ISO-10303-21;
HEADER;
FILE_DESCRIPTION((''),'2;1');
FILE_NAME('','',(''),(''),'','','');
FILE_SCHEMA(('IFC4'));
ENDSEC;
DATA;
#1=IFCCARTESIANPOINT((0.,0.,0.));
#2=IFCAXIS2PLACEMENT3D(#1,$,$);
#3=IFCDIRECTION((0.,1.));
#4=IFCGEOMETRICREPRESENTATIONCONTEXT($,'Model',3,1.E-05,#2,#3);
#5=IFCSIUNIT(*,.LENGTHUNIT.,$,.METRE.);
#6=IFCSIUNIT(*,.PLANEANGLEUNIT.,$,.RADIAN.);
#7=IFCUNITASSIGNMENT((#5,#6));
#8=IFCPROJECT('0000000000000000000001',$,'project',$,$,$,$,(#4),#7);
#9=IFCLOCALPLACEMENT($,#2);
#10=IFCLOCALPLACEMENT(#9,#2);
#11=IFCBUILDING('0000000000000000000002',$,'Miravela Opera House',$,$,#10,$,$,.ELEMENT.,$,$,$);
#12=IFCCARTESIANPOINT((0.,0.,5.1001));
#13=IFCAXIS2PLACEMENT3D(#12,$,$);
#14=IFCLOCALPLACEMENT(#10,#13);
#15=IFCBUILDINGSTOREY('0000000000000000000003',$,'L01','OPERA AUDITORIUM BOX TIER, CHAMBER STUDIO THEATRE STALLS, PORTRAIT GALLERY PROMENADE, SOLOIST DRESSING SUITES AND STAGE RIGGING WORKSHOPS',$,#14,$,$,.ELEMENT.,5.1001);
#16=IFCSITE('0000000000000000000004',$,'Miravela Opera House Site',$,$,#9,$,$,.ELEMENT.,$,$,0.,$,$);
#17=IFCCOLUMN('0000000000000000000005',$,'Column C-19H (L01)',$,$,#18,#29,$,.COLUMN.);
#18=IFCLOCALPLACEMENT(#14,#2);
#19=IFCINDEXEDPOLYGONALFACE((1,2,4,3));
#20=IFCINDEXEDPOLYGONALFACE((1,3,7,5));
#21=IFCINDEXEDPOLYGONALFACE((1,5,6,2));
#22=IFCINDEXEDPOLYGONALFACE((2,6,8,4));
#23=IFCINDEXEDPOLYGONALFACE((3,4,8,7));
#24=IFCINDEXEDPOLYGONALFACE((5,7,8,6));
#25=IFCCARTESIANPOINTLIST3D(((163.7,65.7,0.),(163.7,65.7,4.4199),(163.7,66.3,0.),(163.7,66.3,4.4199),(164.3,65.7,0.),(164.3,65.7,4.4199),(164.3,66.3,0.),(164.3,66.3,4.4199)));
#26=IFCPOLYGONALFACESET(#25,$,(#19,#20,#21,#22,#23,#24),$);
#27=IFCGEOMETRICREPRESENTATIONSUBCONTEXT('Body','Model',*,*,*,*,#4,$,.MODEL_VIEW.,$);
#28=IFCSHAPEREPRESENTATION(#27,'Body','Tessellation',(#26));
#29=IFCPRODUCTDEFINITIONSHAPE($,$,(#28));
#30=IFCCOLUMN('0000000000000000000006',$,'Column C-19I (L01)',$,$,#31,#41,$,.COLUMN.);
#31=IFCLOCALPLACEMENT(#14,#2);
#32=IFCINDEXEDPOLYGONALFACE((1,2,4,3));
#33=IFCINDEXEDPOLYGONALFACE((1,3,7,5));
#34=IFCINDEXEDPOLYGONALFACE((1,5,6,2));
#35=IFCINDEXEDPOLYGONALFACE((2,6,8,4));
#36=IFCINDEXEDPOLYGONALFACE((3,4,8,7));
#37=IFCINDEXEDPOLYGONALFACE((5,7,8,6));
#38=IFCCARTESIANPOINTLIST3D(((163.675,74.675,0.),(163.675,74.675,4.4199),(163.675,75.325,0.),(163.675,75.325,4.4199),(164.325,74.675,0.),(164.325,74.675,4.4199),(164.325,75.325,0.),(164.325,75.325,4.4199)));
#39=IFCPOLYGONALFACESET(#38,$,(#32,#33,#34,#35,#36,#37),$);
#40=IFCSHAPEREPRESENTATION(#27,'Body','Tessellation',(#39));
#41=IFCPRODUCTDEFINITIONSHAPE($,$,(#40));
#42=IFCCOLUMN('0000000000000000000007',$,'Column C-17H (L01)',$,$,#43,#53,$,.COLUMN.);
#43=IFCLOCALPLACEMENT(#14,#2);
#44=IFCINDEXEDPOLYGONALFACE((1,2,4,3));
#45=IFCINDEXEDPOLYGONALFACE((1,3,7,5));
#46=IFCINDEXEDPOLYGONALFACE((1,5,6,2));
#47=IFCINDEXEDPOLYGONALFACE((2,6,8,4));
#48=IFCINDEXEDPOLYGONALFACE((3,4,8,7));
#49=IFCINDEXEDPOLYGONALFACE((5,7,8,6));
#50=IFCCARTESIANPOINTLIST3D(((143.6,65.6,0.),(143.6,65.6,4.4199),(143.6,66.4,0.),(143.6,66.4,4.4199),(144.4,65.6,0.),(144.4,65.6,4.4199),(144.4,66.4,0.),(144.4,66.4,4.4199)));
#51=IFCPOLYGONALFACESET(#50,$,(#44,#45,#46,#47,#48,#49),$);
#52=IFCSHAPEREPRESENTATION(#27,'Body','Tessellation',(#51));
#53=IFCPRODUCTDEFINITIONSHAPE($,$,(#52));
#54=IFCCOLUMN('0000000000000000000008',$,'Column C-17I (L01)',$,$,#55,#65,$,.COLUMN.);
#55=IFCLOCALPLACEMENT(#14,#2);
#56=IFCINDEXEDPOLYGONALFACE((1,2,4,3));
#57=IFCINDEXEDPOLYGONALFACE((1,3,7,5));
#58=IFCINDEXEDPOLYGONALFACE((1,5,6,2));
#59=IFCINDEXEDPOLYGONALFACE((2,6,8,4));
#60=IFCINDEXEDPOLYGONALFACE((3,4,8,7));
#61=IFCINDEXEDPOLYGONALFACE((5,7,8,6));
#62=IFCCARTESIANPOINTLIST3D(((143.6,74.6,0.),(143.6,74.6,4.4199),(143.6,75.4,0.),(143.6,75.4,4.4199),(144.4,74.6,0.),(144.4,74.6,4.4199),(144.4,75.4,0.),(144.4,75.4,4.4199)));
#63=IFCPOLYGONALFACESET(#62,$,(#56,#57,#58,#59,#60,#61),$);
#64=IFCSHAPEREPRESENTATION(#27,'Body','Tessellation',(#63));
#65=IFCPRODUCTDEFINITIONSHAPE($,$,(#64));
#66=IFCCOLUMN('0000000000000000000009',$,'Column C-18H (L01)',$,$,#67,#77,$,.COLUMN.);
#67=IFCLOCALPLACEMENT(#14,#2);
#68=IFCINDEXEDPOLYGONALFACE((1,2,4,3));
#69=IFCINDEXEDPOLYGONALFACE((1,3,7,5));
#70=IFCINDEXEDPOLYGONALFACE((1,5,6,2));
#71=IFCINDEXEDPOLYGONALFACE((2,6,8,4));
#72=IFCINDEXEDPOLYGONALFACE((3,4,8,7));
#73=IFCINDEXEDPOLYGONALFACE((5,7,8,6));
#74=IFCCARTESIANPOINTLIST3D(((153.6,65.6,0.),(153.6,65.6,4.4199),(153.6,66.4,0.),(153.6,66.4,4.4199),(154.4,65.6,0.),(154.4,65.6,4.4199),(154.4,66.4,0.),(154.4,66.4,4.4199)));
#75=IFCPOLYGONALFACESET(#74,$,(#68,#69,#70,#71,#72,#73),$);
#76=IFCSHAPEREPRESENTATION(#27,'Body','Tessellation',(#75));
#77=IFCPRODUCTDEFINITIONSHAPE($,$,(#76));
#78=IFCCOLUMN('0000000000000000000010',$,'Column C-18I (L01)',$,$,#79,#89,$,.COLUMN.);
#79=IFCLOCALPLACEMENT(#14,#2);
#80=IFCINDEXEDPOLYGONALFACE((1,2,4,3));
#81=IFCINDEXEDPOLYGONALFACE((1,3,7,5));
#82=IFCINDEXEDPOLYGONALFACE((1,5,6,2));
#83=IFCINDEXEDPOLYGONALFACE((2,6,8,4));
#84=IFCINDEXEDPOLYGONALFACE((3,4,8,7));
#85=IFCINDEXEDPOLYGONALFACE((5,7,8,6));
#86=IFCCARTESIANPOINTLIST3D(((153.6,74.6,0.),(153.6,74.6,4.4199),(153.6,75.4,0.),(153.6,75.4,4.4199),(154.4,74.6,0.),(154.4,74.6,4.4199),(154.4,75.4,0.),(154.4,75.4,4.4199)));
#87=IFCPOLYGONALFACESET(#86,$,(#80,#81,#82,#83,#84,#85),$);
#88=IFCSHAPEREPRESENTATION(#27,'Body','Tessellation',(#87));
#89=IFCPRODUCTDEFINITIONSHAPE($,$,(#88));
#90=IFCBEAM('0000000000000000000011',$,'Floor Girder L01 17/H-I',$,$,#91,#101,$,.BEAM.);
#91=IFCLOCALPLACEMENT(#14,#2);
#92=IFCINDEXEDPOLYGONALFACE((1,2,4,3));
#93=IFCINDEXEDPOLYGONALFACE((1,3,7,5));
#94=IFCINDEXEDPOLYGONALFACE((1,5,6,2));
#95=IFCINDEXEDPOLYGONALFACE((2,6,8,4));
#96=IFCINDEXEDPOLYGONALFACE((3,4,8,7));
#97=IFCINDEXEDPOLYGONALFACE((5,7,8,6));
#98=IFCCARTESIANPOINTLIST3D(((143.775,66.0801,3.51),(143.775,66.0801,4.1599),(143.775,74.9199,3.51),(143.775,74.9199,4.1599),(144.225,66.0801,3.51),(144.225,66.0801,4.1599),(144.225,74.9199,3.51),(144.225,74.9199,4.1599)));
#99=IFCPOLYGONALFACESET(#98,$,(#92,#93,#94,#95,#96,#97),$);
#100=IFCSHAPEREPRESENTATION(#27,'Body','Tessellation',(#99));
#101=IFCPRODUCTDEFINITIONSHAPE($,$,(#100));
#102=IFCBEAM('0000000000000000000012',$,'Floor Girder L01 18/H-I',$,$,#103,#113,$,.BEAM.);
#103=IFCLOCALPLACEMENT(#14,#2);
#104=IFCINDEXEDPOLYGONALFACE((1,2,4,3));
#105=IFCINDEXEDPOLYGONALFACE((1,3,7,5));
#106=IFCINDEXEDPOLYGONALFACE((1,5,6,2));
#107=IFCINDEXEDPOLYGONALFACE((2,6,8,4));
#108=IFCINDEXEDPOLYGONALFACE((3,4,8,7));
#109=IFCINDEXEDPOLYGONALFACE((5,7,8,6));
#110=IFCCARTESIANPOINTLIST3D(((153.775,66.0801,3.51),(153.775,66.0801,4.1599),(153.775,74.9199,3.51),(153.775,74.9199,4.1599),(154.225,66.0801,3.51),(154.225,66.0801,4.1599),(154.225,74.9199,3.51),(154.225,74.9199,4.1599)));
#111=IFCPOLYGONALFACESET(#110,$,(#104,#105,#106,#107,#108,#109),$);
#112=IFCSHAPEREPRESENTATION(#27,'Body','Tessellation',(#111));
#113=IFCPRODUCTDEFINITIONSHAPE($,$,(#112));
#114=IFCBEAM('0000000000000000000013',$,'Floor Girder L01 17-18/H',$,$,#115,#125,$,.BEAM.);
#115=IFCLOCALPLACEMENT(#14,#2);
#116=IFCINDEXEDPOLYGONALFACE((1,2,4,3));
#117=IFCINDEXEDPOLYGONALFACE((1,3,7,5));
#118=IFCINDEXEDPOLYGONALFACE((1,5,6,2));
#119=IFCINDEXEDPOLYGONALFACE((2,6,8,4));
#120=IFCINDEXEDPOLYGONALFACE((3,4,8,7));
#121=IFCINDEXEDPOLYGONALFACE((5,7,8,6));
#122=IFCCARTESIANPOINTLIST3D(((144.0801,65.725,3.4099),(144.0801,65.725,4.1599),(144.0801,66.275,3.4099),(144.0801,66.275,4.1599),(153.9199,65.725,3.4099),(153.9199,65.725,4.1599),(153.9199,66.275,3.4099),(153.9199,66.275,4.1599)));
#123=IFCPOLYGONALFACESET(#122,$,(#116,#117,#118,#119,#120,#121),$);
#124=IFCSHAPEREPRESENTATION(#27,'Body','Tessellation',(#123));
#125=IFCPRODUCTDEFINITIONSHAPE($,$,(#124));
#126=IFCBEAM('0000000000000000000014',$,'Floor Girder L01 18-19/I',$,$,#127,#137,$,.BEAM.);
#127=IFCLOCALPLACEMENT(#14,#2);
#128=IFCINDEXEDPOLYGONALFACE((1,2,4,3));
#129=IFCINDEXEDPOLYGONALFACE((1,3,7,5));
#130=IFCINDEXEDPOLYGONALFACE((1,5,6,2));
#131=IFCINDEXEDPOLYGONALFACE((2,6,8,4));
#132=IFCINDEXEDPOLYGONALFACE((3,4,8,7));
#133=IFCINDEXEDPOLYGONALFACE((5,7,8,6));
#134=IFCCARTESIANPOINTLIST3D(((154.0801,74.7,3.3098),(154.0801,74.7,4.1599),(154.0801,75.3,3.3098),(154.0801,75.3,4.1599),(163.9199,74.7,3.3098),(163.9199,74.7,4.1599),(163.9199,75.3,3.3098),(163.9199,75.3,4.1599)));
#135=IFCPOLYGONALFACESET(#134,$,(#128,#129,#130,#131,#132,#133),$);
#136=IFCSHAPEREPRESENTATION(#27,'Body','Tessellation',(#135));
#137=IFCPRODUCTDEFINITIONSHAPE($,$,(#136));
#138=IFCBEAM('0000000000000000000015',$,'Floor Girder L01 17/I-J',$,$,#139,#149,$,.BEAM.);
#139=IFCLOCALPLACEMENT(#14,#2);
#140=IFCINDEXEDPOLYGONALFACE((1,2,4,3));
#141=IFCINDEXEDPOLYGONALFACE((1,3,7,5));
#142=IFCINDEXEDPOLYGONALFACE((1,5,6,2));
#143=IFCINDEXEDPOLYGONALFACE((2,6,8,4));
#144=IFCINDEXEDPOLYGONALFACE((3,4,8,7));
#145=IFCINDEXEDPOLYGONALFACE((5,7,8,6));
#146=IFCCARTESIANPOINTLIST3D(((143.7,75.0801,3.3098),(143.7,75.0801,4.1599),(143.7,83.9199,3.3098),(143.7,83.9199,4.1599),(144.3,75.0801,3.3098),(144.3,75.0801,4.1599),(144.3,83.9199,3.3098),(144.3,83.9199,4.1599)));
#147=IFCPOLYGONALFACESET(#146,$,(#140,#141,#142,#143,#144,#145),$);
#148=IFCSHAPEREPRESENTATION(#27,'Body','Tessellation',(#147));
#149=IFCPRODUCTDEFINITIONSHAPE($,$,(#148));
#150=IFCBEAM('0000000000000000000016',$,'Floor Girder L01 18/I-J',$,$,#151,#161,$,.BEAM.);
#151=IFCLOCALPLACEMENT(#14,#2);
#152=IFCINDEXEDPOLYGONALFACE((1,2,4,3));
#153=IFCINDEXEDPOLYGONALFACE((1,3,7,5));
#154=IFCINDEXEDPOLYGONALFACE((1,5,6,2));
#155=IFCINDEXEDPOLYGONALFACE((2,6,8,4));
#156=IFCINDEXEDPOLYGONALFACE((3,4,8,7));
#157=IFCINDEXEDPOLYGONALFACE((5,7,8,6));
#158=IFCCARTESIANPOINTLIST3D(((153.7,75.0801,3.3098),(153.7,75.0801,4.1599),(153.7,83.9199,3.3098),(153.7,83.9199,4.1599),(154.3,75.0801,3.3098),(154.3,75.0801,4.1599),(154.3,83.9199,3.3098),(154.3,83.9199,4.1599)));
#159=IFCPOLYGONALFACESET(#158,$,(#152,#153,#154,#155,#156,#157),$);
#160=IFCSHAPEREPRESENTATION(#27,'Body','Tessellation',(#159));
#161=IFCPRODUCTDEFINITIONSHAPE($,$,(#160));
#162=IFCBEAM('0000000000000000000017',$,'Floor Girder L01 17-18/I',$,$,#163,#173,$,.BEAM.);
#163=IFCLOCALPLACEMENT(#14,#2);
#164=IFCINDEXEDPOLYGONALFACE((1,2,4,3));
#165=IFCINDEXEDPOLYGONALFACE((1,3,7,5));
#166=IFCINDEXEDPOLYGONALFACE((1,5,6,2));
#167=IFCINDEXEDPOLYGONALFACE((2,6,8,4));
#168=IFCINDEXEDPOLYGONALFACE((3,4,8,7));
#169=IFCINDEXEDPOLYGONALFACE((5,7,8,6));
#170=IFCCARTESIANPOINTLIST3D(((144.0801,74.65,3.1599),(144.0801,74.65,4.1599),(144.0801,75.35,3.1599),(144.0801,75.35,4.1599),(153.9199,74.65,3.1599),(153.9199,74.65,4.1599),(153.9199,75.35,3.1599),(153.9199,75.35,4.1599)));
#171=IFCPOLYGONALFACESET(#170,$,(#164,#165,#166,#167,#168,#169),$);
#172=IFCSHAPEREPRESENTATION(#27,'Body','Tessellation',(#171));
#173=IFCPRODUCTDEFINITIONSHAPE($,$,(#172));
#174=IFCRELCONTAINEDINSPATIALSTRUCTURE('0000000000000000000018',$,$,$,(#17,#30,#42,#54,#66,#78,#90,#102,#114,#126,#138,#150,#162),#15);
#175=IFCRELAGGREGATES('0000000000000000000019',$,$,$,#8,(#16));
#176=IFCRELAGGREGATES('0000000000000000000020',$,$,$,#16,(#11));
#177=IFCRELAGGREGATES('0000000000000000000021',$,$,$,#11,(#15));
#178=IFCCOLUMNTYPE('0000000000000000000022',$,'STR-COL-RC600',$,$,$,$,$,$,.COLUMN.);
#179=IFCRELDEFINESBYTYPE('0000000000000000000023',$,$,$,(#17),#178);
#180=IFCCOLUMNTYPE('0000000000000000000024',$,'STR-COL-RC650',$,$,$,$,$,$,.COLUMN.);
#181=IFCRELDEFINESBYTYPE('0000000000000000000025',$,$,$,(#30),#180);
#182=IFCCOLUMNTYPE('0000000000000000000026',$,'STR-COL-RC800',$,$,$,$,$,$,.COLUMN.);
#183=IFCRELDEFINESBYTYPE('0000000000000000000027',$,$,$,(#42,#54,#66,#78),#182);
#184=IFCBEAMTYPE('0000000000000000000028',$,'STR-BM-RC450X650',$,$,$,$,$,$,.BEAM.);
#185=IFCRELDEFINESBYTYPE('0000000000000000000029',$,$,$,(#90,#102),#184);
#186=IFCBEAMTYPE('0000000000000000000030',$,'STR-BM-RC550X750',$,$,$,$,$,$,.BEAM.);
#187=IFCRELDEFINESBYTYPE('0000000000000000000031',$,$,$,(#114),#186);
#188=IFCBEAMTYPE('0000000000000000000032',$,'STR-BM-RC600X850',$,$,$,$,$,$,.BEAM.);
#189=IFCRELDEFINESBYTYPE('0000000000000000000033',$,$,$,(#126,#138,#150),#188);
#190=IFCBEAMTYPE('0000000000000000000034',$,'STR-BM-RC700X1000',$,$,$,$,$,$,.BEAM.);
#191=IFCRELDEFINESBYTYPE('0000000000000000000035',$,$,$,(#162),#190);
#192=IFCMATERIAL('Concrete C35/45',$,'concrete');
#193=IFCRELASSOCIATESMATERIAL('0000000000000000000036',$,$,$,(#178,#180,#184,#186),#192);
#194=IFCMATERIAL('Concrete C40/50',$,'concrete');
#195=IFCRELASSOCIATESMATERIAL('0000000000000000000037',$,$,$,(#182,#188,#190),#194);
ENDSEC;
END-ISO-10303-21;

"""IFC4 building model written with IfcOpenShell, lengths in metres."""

from ifc_helpers import new_model, si_unit, direction, frame, origin, origin_2d, place, context, subcontext, project, spatial, rectangle, extrude, material, material_profile, profile_set, type_object, element, save


model = new_model("IFC4")

# Units and contexts
model_context = context("Model", 3, precision=1e-05, world=origin(), true_north=direction((0.0, 1.0)))
body_context = subcontext(model_context, "Body", "Model", "MODEL_VIEW")
ifc_project = project(units=[si_unit("LENGTHUNIT", "METRE"), si_unit("PLANEANGLEUNIT", "RADIAN")], contexts=[model_context])

# Site, building, storey
site_placement = place(None, origin())
site = spatial("IfcSite", under=ifc_project, at=site_placement, Name="Miravela Opera House Site", CompositionType="ELEMENT", RefElevation=0.0)
building_placement = place(site_placement, origin())
building = spatial("IfcBuilding", under=site, at=building_placement, Name="Miravela Opera House", CompositionType="ELEMENT")
storey_placement = place(building_placement, frame((0.0, 0.0, 5.1001)))
storey = spatial("IfcBuildingStorey", under=building, at=storey_placement, Name="L01", Description="OPERA AUDITORIUM BOX TIER, CHAMBER STUDIO THEATRE STALLS, PORTRAIT GALLERY PROMENADE, SOLOIST DRESSING SUITES AND STAGE RIGGING WORKSHOPS", CompositionType="ELEMENT", Elevation=5.1001)

# Columns
ifc_material_1 = material(Name="Concrete C35/45", Category="concrete")
ifc_material_profile_1 = material_profile(ifc_material_1, rectangle(XDim=0.6001, YDim=0.6001, at=origin_2d()), Name="RC-COL-600X600")
ifc_profile_set_1 = profile_set([ifc_material_profile_1])
column_type_1 = type_object("IfcColumnType", Name="STR-COL-RC600", PredefinedType="COLUMN", material=ifc_profile_set_1)
column_1_placement = place(storey_placement, frame((164.0, 66.0, 0.0), z_axis=(0.0, 0.0, 1.0), x_axis=(1.0, 0.0, 0.0)))
element("IfcColumn", 1, at=column_1_placement, inside=storey, type_object=column_type_1, Name="Column C-19H (L01)", PredefinedType="COLUMN", context=body_context, shape_type="SweptSolid", body=[
    extrude(rectangle(XDim=0.6001, YDim=0.6001, at=origin_2d()), origin(), (0.0, 0.0, 1.0), 4.4199),
])
ifc_material_profile_2 = material_profile(ifc_material_1, rectangle(XDim=0.6499, YDim=0.6499, at=origin_2d()), Name="RC-COL-650X650")
ifc_profile_set_2 = profile_set([ifc_material_profile_2])
column_type_2 = type_object("IfcColumnType", Name="STR-COL-RC650", PredefinedType="COLUMN", material=ifc_profile_set_2)
column_2_placement = place(storey_placement, frame((164.0, 75.0, 0.0), z_axis=(0.0, 0.0, 1.0), x_axis=(1.0, 0.0, 0.0)))
element("IfcColumn", 2, at=column_2_placement, inside=storey, type_object=column_type_2, Name="Column C-19I (L01)", PredefinedType="COLUMN", context=body_context, shape_type="SweptSolid", body=[
    extrude(rectangle(XDim=0.6499, YDim=0.6499, at=origin_2d()), origin(), (0.0, 0.0, 1.0), 4.4199),
])
ifc_material_2 = material(Name="Concrete C40/50", Category="concrete")
ifc_material_profile_3 = material_profile(ifc_material_2, rectangle(XDim=0.8, YDim=0.8, at=origin_2d()), Name="RC-COL-800X800")
ifc_profile_set_3 = profile_set([ifc_material_profile_3])
column_type_3 = type_object("IfcColumnType", Name="STR-COL-RC800", PredefinedType="COLUMN", material=ifc_profile_set_3)
for number, where, z_axis, x_axis, name in (
    (3, (144.0, 66.0, 0.0), (0.0, 0.0, 1.0), (1.0, 0.0, 0.0), "Column C-17H (L01)"),
    (4, (144.0, 75.0, 0.0), (0.0, 0.0, 1.0), (1.0, 0.0, 0.0), "Column C-17I (L01)"),
    (5, (154.0, 66.0, 0.0), (0.0, 0.0, 1.0), (1.0, 0.0, 0.0), "Column C-18H (L01)"),
    (6, (154.0, 75.0, 0.0), (0.0, 0.0, 1.0), (1.0, 0.0, 0.0), "Column C-18I (L01)"),
):
    element("IfcColumn", number, at=place(storey_placement, frame(where, z_axis=z_axis, x_axis=x_axis)), inside=storey, type_object=column_type_3, Name=name, PredefinedType="COLUMN", context=body_context, shape_type="SweptSolid", body=[
        extrude(rectangle(XDim=0.8, YDim=0.8, at=origin_2d()), origin(), (0.0, 0.0, 1.0), 4.4199),
    ])

# Beams
ifc_material_profile_4 = material_profile(ifc_material_1, rectangle(XDim=0.45, YDim=0.6499, at=origin_2d()), Name="RC-BM-450X650")
ifc_profile_set_4 = profile_set([ifc_material_profile_4])
beam_type_1 = type_object("IfcBeamType", Name="STR-BM-RC450X650", PredefinedType="BEAM", material=ifc_profile_set_4)
for number, where, z_axis, x_axis, name in (
    (7, (144.0, 66.0801, 3.835), (0.0, 1.0, 0.0), (-1.0, 0.0, 0.0), "Floor Girder L01 17/H-I"),
    (8, (154.0, 66.0801, 3.835), (0.0, 1.0, 0.0), (-1.0, 0.0, 0.0), "Floor Girder L01 18/H-I"),
):
    element("IfcBeam", number, at=place(storey_placement, frame(where, z_axis=z_axis, x_axis=x_axis)), inside=storey, type_object=beam_type_1, Name=name, PredefinedType="BEAM", context=body_context, shape_type="SweptSolid", body=[
        extrude(rectangle(XDim=0.45, YDim=0.6499, at=origin_2d()), origin(), (0.0, 0.0, 1.0), 8.8398),
    ])
ifc_material_profile_5 = material_profile(ifc_material_1, rectangle(XDim=0.55, YDim=0.75, at=origin_2d()), Name="RC-BM-550X750")
ifc_profile_set_5 = profile_set([ifc_material_profile_5])
beam_type_2 = type_object("IfcBeamType", Name="STR-BM-RC550X750", PredefinedType="BEAM", material=ifc_profile_set_5)
beam_1_placement = place(storey_placement, frame((144.0801, 66.0, 3.7849), z_axis=(1.0, 0.0, 0.0), x_axis=(0.0, 1.0, 0.0)))
element("IfcBeam", 9, at=beam_1_placement, inside=storey, type_object=beam_type_2, Name="Floor Girder L01 17-18/H", PredefinedType="BEAM", context=body_context, shape_type="SweptSolid", body=[
    extrude(rectangle(XDim=0.55, YDim=0.75, at=origin_2d()), origin(), (0.0, 0.0, 1.0), 9.8398),
])
ifc_material_profile_6 = material_profile(ifc_material_2, rectangle(XDim=0.6001, YDim=0.8501, at=origin_2d()), Name="RC-BM-600X850")
ifc_profile_set_6 = profile_set([ifc_material_profile_6])
beam_type_3 = type_object("IfcBeamType", Name="STR-BM-RC600X850", PredefinedType="BEAM", material=ifc_profile_set_6)
beam_2_placement = place(storey_placement, frame((154.0801, 75.0, 3.7349), z_axis=(1.0, 0.0, 0.0), x_axis=(0.0, 1.0, 0.0)))
element("IfcBeam", 10, at=beam_2_placement, inside=storey, type_object=beam_type_3, Name="Floor Girder L01 18-19/I", PredefinedType="BEAM", context=body_context, shape_type="SweptSolid", body=[
    extrude(rectangle(XDim=0.6001, YDim=0.8501, at=origin_2d()), origin(), (0.0, 0.0, 1.0), 9.8398),
])
for number, where, z_axis, x_axis, name in (
    (11, (144.0, 75.0801, 3.7349), (0.0, 1.0, 0.0), (-1.0, 0.0, 0.0), "Floor Girder L01 17/I-J"),
    (12, (154.0, 75.0801, 3.7349), (0.0, 1.0, 0.0), (-1.0, 0.0, 0.0), "Floor Girder L01 18/I-J"),
):
    element("IfcBeam", number, at=place(storey_placement, frame(where, z_axis=z_axis, x_axis=x_axis)), inside=storey, type_object=beam_type_3, Name=name, PredefinedType="BEAM", context=body_context, shape_type="SweptSolid", body=[
        extrude(rectangle(XDim=0.6001, YDim=0.8501, at=origin_2d()), origin(), (0.0, 0.0, 1.0), 8.8398),
    ])
ifc_material_profile_7 = material_profile(ifc_material_2, rectangle(XDim=0.7, YDim=1.0, at=origin_2d()), Name="RC-BM-700X1000")
ifc_profile_set_7 = profile_set([ifc_material_profile_7])
beam_type_4 = type_object("IfcBeamType", Name="STR-BM-RC700X1000", PredefinedType="BEAM", material=ifc_profile_set_7)
beam_3_placement = place(storey_placement, frame((144.0801, 75.0, 3.6599), z_axis=(1.0, 0.0, 0.0), x_axis=(0.0, 1.0, 0.0)))
element("IfcBeam", 13, at=beam_3_placement, inside=storey, type_object=beam_type_4, Name="Floor Girder L01 17-18/I", PredefinedType="BEAM", context=body_context, shape_type="SweptSolid", body=[
    extrude(rectangle(XDim=0.7, YDim=1.0, at=origin_2d()), origin(), (0.0, 0.0, 1.0), 9.8398),
])

save(model, "model.ifc")
